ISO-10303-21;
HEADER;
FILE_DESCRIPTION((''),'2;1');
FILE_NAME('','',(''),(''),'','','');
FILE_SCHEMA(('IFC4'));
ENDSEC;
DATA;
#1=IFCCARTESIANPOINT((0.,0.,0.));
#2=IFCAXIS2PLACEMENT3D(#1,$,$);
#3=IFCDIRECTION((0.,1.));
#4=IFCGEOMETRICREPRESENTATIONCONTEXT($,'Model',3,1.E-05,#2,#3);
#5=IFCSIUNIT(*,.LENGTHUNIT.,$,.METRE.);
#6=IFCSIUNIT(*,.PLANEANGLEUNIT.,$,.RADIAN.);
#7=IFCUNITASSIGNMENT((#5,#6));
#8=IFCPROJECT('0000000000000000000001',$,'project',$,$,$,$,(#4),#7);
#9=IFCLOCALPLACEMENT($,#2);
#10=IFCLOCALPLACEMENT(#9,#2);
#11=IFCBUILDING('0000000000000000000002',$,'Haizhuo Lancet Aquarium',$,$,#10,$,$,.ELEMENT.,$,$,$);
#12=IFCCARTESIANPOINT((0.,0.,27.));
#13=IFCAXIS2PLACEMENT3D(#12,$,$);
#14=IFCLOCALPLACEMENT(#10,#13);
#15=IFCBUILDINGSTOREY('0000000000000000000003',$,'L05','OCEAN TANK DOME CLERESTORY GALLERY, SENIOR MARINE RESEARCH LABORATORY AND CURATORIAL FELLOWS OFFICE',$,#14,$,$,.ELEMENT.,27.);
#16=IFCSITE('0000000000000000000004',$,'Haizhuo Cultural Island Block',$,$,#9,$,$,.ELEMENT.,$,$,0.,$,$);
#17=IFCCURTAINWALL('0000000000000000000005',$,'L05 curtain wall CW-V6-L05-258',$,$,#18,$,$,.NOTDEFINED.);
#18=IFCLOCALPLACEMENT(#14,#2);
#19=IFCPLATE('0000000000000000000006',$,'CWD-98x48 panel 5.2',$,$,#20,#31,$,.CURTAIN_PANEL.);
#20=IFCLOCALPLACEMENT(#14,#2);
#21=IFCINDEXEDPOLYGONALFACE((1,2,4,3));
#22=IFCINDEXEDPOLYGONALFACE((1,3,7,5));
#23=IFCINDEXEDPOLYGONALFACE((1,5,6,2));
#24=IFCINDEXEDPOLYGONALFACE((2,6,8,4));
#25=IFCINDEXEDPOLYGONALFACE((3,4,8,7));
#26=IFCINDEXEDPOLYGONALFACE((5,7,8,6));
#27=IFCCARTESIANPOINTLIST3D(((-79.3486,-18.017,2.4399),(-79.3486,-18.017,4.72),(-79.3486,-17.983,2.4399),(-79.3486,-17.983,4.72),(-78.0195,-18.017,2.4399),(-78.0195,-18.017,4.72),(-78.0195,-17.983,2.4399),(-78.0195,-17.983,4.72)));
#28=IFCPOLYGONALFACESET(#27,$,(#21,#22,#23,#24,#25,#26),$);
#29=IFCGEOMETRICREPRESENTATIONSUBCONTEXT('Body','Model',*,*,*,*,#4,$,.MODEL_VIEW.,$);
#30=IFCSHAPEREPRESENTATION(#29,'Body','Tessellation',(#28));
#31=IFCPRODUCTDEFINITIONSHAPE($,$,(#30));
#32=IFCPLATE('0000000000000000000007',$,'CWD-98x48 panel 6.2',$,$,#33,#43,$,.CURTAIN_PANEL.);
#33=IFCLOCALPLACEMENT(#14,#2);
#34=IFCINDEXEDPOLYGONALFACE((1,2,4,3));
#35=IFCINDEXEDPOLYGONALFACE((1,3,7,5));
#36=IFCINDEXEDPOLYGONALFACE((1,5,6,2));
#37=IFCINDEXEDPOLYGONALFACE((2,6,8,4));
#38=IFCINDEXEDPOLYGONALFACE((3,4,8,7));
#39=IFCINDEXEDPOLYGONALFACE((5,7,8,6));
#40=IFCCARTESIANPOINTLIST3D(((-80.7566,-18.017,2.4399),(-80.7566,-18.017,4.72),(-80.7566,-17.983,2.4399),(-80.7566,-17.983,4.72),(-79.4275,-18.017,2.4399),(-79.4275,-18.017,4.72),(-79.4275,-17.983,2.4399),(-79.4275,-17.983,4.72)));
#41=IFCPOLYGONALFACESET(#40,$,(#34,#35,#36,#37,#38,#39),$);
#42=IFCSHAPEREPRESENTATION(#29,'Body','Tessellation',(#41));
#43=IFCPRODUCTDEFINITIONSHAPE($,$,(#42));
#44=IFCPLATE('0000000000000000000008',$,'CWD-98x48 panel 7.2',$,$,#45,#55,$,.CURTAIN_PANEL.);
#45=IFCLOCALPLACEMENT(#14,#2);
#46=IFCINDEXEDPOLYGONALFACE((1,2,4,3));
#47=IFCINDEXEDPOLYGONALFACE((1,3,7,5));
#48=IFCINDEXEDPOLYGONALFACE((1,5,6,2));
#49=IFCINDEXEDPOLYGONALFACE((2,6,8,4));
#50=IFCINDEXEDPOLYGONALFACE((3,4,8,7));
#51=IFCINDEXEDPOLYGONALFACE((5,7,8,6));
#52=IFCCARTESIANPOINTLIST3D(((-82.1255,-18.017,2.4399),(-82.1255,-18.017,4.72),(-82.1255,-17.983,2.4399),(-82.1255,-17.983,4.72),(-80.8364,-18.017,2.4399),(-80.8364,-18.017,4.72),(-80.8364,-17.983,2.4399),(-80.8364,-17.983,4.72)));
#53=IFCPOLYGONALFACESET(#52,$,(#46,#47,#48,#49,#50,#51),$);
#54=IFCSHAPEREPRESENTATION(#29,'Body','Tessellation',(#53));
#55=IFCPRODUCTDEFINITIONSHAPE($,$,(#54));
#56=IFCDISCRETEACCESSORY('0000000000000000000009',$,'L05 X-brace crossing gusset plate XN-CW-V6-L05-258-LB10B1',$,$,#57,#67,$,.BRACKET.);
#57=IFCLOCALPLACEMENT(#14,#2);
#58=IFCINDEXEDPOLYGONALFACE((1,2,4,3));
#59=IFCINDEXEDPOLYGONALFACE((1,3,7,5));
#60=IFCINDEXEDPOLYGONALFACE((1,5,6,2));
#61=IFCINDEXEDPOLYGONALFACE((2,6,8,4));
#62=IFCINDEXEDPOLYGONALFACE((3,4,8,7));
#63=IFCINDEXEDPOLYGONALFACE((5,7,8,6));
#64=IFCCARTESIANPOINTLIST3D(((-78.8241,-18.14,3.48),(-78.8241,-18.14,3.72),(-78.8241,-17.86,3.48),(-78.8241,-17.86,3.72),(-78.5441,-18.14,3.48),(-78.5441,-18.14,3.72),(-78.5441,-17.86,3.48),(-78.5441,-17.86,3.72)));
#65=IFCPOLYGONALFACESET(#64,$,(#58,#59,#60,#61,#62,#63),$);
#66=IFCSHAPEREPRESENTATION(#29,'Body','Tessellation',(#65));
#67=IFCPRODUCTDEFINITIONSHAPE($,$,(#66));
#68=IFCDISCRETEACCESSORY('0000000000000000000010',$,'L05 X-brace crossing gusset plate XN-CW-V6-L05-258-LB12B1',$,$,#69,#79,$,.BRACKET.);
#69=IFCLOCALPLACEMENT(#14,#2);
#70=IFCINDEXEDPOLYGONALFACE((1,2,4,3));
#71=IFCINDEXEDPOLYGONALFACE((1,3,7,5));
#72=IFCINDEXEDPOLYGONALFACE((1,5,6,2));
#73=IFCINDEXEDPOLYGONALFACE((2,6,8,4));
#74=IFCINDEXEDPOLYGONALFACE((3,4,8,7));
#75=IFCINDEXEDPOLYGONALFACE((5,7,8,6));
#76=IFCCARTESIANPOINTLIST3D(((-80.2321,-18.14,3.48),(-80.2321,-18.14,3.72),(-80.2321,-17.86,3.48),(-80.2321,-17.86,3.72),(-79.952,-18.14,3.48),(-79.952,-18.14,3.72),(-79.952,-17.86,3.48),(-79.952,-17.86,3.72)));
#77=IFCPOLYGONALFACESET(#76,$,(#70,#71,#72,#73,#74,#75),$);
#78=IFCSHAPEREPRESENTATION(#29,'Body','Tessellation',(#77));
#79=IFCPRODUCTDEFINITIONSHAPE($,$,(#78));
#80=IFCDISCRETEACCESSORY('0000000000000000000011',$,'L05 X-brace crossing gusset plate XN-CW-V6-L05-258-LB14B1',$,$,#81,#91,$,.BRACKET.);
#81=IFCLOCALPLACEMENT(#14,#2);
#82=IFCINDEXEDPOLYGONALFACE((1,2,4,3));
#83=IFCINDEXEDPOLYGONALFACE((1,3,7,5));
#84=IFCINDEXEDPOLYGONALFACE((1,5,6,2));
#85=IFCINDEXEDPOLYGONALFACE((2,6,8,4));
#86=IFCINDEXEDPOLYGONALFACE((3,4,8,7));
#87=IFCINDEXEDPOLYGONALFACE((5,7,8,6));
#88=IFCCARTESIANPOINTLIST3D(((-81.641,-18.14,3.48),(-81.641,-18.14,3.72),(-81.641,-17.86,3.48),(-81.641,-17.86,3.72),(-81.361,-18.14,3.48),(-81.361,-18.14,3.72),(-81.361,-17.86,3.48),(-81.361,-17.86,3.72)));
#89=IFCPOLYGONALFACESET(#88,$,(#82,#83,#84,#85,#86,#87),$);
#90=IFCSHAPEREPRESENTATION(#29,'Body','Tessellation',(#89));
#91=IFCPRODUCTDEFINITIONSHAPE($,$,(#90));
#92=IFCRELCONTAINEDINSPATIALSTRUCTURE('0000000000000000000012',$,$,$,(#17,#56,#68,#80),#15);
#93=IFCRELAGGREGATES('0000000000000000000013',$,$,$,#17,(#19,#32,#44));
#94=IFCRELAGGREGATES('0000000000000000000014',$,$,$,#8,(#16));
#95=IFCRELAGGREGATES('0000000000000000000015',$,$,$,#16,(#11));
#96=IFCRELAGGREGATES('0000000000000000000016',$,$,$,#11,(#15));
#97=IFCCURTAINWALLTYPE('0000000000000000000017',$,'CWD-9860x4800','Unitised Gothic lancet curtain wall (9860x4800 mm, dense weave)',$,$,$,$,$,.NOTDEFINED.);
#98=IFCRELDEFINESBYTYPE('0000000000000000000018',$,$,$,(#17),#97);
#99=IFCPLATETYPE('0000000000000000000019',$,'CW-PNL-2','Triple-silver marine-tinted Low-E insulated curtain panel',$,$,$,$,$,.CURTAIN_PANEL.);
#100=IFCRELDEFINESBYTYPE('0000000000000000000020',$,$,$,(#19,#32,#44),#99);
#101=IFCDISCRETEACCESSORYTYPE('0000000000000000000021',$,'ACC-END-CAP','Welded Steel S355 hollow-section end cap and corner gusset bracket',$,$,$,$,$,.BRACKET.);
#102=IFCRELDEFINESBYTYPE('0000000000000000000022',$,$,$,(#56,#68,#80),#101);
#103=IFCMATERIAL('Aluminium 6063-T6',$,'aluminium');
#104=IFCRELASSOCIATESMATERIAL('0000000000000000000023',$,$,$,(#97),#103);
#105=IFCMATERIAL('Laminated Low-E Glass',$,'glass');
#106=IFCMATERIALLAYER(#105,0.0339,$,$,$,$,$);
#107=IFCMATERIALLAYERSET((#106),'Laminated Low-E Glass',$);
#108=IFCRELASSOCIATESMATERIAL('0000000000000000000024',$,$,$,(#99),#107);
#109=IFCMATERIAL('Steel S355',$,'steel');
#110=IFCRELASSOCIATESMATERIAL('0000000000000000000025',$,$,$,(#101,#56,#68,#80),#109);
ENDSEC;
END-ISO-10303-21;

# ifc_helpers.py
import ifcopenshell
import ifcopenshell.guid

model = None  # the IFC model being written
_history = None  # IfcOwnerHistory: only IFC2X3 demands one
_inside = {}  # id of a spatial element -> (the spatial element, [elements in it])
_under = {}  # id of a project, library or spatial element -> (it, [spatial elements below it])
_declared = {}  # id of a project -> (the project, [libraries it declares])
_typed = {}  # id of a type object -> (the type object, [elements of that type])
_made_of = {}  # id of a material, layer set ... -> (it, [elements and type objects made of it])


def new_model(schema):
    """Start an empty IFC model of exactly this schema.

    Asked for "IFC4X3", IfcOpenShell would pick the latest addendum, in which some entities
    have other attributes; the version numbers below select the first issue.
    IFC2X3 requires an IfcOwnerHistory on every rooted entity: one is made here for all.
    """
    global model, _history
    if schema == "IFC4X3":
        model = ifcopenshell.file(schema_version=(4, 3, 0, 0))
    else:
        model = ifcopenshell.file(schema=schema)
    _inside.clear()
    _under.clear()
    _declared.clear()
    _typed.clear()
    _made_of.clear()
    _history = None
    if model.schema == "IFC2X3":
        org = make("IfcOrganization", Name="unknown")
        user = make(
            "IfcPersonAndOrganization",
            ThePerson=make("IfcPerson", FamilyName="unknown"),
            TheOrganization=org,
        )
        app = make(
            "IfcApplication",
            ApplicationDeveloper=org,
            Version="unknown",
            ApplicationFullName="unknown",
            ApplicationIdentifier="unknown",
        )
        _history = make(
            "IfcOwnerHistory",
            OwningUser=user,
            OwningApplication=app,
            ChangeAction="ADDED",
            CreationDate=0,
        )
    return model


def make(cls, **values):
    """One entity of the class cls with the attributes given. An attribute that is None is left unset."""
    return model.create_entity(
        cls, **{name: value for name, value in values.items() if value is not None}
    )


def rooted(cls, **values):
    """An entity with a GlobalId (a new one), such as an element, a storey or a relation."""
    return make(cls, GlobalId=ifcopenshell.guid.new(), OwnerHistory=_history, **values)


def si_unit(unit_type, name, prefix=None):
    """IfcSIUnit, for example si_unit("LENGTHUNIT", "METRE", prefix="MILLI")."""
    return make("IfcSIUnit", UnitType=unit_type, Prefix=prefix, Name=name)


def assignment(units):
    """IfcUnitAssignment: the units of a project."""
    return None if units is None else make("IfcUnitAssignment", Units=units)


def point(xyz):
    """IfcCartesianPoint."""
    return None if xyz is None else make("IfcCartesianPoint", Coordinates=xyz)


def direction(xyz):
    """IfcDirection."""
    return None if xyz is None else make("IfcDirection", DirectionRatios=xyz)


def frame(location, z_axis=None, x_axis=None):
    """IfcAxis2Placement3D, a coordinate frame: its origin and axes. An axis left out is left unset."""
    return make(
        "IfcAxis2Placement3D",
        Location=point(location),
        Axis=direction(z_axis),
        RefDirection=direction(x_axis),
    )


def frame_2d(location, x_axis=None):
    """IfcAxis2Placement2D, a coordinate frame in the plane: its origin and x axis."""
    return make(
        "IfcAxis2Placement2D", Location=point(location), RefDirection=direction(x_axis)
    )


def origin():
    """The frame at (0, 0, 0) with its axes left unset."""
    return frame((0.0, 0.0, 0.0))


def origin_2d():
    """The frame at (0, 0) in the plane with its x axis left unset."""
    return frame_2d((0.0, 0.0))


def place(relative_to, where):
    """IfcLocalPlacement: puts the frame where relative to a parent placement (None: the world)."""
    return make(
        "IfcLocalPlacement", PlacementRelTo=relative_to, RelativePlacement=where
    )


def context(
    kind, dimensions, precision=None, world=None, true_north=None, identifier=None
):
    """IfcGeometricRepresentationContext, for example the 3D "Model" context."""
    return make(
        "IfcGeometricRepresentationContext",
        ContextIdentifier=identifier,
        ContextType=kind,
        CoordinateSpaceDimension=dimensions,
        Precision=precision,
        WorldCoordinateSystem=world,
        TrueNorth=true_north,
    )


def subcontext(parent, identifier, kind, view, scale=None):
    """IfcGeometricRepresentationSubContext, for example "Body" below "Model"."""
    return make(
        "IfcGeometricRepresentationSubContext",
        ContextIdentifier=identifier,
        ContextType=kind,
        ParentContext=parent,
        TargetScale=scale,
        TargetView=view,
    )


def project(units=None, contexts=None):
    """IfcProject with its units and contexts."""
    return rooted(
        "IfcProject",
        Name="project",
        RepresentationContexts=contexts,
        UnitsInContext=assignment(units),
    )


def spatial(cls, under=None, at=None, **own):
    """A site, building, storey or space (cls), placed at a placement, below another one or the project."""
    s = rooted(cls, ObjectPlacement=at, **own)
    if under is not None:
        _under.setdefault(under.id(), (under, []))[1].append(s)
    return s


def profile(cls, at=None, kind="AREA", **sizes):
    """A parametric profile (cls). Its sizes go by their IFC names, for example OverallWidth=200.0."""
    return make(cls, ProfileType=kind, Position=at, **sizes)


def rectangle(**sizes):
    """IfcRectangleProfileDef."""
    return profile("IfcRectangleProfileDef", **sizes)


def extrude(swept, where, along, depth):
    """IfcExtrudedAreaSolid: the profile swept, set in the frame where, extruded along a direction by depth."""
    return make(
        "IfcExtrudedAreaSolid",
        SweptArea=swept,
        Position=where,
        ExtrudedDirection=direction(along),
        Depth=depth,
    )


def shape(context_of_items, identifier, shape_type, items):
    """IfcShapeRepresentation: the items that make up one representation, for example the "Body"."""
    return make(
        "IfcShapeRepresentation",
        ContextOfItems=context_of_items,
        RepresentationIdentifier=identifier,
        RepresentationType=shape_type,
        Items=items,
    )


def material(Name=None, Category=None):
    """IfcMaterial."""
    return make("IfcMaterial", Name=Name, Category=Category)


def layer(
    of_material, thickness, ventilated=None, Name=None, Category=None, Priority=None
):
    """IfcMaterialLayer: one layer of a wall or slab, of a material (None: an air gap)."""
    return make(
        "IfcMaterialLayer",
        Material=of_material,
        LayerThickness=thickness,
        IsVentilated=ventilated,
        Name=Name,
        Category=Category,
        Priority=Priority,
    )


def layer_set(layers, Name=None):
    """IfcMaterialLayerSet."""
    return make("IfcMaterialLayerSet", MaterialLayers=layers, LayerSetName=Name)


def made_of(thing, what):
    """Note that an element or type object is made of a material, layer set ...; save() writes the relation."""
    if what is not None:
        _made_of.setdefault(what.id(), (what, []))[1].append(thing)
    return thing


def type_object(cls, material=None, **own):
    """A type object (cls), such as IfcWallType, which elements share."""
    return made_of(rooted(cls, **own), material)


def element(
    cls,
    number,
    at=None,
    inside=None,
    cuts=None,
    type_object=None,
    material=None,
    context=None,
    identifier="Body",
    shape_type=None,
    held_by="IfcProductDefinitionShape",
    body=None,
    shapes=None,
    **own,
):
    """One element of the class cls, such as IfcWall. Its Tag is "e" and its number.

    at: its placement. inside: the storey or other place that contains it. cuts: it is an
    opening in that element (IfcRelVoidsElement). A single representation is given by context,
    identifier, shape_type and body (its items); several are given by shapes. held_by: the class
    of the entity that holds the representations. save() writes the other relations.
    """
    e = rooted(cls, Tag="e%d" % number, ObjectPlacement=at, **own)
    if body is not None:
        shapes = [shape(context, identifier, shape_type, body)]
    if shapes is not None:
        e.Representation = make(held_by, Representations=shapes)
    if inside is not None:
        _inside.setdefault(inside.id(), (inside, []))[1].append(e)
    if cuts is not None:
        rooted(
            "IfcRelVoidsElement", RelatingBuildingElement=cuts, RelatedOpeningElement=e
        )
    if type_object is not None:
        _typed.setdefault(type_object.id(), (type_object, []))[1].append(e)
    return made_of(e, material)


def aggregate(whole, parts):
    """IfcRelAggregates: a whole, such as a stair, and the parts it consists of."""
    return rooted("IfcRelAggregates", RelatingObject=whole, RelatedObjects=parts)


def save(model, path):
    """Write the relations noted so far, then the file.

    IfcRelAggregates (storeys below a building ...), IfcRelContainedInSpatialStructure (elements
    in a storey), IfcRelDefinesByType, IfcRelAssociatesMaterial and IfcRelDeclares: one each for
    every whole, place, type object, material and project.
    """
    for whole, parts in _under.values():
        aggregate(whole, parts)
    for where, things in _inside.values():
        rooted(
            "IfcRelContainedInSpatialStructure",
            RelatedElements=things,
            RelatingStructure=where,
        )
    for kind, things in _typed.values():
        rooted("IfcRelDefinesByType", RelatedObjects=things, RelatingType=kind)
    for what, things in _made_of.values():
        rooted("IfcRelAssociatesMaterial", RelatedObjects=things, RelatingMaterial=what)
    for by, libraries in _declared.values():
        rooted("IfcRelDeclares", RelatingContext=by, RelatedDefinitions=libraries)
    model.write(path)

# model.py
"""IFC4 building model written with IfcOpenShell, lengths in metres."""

from ifc_helpers import new_model, si_unit, direction, frame, origin, origin_2d, place, context, subcontext, project, spatial, rectangle, extrude, material, layer, layer_set, type_object, element, aggregate, save


model = new_model("IFC4")

# Units and contexts
model_context = context("Model", 3, precision=1e-05, world=origin(), true_north=direction((0.0, 1.0)))
body_context = subcontext(model_context, "Body", "Model", "MODEL_VIEW")
ifc_project = project(units=[si_unit("LENGTHUNIT", "METRE"), si_unit("PLANEANGLEUNIT", "RADIAN")], contexts=[model_context])

# Site, building, storey
site_placement = place(None, origin())
site = spatial("IfcSite", under=ifc_project, at=site_placement, Name="Haizhuo Cultural Island Block", CompositionType="ELEMENT", RefElevation=0.0)
building_placement = place(site_placement, origin())
building = spatial("IfcBuilding", under=site, at=building_placement, Name="Haizhuo Lancet Aquarium", CompositionType="ELEMENT")
storey_placement = place(building_placement, frame((0.0, 0.0, 27.0)))
storey = spatial("IfcBuildingStorey", under=building, at=storey_placement, Name="L05", Description="OCEAN TANK DOME CLERESTORY GALLERY, SENIOR MARINE RESEARCH LABORATORY AND CURATORIAL FELLOWS OFFICE", CompositionType="ELEMENT", Elevation=27.0)

# Shared definitions
ifc_material_1 = material(Name="Steel S355", Category="steel")

# Curtain wall
ifc_material_2 = material(Name="Aluminium 6063-T6", Category="aluminium")
curtain_wall_type = type_object("IfcCurtainWallType", Name="CWD-9860x4800", Description="Unitised Gothic lancet curtain wall (9860x4800 mm, dense weave)", PredefinedType="NOTDEFINED", material=ifc_material_2)
curtain_wall_placement = place(storey_placement, origin())
curtain_wall = element("IfcCurtainWall", 1, at=curtain_wall_placement, inside=storey, type_object=curtain_wall_type, Name="L05 curtain wall CW-V6-L05-258", PredefinedType="NOTDEFINED")

# Plates
ifc_material_3 = material(Name="Laminated Low-E Glass", Category="glass")
ifc_layer = layer(ifc_material_3, 0.0339)
ifc_layer_set = layer_set([ifc_layer], Name="Laminated Low-E Glass")
plate_type = type_object("IfcPlateType", Name="CW-PNL-2", Description="Triple-silver marine-tinted Low-E insulated curtain panel", PredefinedType="CURTAIN_PANEL", material=ifc_layer_set)
plate_1_placement = place(storey_placement, frame((-78.6841, -18.0, 2.4399), z_axis=(0.0, 0.0, 1.0), x_axis=(-1.0, 0.0, 0.0)))
plate_1 = element("IfcPlate", 2, at=plate_1_placement, type_object=plate_type, Name="CWD-98x48 panel 5.2", PredefinedType="CURTAIN_PANEL", context=body_context, shape_type="SweptSolid", body=[
    extrude(rectangle(XDim=1.3291, YDim=0.0339, at=origin_2d()), origin(), (0.0, 0.0, 1.0), 2.28),
])
plate_2_placement = place(storey_placement, frame((-80.092, -18.0, 2.4399), z_axis=(0.0, 0.0, 1.0), x_axis=(-1.0, 0.0, 0.0)))
plate_2 = element("IfcPlate", 3, at=plate_2_placement, type_object=plate_type, Name="CWD-98x48 panel 6.2", PredefinedType="CURTAIN_PANEL", context=body_context, shape_type="SweptSolid", body=[
    extrude(rectangle(XDim=1.3291, YDim=0.0339, at=origin_2d()), origin(), (0.0, 0.0, 1.0), 2.28),
])
plate_3_placement = place(storey_placement, frame((-81.481, -18.0, 2.4399), z_axis=(0.0, 0.0, 1.0), x_axis=(-1.0, 0.0, 0.0)))
plate_3 = element("IfcPlate", 4, at=plate_3_placement, type_object=plate_type, Name="CWD-98x48 panel 7.2", PredefinedType="CURTAIN_PANEL", context=body_context, shape_type="SweptSolid", body=[
    extrude(rectangle(XDim=1.2891, YDim=0.0339, at=origin_2d()), origin(), (0.0, 0.0, 1.0), 2.28),
])
aggregate(curtain_wall, [plate_1, plate_2, plate_3])

# Discrete accessories
discrete_accessory_type = type_object("IfcDiscreteAccessoryType", Name="ACC-END-CAP", Description="Welded Steel S355 hollow-section end cap and corner gusset bracket", PredefinedType="BRACKET", material=ifc_material_1)
for number, where, z_axis, x_axis, name in (
    (5, (-78.6841, -18.0, 3.48), (0.0, 0.0, 1.0), (1.0, 0.0, 0.0), "L05 X-brace crossing gusset plate XN-CW-V6-L05-258-LB10B1"),
    (6, (-80.092, -18.0, 3.48), (0.0, 0.0, 1.0), (1.0, 0.0, 0.0), "L05 X-brace crossing gusset plate XN-CW-V6-L05-258-LB12B1"),
    (7, (-81.501, -18.0, 3.48), (0.0, 0.0, 1.0), (1.0, 0.0, 0.0), "L05 X-brace crossing gusset plate XN-CW-V6-L05-258-LB14B1"),
):
    element("IfcDiscreteAccessory", number, at=place(storey_placement, frame(where, z_axis=z_axis, x_axis=x_axis)), inside=storey, type_object=discrete_accessory_type, material=ifc_material_1, Name=name, PredefinedType="BRACKET", context=body_context, shape_type="SweptSolid", body=[
        extrude(rectangle(XDim=0.28, YDim=0.28, at=origin_2d()), origin(), (0.0, 0.0, 1.0), 0.24),
    ])

save(model, "model.ifc")
